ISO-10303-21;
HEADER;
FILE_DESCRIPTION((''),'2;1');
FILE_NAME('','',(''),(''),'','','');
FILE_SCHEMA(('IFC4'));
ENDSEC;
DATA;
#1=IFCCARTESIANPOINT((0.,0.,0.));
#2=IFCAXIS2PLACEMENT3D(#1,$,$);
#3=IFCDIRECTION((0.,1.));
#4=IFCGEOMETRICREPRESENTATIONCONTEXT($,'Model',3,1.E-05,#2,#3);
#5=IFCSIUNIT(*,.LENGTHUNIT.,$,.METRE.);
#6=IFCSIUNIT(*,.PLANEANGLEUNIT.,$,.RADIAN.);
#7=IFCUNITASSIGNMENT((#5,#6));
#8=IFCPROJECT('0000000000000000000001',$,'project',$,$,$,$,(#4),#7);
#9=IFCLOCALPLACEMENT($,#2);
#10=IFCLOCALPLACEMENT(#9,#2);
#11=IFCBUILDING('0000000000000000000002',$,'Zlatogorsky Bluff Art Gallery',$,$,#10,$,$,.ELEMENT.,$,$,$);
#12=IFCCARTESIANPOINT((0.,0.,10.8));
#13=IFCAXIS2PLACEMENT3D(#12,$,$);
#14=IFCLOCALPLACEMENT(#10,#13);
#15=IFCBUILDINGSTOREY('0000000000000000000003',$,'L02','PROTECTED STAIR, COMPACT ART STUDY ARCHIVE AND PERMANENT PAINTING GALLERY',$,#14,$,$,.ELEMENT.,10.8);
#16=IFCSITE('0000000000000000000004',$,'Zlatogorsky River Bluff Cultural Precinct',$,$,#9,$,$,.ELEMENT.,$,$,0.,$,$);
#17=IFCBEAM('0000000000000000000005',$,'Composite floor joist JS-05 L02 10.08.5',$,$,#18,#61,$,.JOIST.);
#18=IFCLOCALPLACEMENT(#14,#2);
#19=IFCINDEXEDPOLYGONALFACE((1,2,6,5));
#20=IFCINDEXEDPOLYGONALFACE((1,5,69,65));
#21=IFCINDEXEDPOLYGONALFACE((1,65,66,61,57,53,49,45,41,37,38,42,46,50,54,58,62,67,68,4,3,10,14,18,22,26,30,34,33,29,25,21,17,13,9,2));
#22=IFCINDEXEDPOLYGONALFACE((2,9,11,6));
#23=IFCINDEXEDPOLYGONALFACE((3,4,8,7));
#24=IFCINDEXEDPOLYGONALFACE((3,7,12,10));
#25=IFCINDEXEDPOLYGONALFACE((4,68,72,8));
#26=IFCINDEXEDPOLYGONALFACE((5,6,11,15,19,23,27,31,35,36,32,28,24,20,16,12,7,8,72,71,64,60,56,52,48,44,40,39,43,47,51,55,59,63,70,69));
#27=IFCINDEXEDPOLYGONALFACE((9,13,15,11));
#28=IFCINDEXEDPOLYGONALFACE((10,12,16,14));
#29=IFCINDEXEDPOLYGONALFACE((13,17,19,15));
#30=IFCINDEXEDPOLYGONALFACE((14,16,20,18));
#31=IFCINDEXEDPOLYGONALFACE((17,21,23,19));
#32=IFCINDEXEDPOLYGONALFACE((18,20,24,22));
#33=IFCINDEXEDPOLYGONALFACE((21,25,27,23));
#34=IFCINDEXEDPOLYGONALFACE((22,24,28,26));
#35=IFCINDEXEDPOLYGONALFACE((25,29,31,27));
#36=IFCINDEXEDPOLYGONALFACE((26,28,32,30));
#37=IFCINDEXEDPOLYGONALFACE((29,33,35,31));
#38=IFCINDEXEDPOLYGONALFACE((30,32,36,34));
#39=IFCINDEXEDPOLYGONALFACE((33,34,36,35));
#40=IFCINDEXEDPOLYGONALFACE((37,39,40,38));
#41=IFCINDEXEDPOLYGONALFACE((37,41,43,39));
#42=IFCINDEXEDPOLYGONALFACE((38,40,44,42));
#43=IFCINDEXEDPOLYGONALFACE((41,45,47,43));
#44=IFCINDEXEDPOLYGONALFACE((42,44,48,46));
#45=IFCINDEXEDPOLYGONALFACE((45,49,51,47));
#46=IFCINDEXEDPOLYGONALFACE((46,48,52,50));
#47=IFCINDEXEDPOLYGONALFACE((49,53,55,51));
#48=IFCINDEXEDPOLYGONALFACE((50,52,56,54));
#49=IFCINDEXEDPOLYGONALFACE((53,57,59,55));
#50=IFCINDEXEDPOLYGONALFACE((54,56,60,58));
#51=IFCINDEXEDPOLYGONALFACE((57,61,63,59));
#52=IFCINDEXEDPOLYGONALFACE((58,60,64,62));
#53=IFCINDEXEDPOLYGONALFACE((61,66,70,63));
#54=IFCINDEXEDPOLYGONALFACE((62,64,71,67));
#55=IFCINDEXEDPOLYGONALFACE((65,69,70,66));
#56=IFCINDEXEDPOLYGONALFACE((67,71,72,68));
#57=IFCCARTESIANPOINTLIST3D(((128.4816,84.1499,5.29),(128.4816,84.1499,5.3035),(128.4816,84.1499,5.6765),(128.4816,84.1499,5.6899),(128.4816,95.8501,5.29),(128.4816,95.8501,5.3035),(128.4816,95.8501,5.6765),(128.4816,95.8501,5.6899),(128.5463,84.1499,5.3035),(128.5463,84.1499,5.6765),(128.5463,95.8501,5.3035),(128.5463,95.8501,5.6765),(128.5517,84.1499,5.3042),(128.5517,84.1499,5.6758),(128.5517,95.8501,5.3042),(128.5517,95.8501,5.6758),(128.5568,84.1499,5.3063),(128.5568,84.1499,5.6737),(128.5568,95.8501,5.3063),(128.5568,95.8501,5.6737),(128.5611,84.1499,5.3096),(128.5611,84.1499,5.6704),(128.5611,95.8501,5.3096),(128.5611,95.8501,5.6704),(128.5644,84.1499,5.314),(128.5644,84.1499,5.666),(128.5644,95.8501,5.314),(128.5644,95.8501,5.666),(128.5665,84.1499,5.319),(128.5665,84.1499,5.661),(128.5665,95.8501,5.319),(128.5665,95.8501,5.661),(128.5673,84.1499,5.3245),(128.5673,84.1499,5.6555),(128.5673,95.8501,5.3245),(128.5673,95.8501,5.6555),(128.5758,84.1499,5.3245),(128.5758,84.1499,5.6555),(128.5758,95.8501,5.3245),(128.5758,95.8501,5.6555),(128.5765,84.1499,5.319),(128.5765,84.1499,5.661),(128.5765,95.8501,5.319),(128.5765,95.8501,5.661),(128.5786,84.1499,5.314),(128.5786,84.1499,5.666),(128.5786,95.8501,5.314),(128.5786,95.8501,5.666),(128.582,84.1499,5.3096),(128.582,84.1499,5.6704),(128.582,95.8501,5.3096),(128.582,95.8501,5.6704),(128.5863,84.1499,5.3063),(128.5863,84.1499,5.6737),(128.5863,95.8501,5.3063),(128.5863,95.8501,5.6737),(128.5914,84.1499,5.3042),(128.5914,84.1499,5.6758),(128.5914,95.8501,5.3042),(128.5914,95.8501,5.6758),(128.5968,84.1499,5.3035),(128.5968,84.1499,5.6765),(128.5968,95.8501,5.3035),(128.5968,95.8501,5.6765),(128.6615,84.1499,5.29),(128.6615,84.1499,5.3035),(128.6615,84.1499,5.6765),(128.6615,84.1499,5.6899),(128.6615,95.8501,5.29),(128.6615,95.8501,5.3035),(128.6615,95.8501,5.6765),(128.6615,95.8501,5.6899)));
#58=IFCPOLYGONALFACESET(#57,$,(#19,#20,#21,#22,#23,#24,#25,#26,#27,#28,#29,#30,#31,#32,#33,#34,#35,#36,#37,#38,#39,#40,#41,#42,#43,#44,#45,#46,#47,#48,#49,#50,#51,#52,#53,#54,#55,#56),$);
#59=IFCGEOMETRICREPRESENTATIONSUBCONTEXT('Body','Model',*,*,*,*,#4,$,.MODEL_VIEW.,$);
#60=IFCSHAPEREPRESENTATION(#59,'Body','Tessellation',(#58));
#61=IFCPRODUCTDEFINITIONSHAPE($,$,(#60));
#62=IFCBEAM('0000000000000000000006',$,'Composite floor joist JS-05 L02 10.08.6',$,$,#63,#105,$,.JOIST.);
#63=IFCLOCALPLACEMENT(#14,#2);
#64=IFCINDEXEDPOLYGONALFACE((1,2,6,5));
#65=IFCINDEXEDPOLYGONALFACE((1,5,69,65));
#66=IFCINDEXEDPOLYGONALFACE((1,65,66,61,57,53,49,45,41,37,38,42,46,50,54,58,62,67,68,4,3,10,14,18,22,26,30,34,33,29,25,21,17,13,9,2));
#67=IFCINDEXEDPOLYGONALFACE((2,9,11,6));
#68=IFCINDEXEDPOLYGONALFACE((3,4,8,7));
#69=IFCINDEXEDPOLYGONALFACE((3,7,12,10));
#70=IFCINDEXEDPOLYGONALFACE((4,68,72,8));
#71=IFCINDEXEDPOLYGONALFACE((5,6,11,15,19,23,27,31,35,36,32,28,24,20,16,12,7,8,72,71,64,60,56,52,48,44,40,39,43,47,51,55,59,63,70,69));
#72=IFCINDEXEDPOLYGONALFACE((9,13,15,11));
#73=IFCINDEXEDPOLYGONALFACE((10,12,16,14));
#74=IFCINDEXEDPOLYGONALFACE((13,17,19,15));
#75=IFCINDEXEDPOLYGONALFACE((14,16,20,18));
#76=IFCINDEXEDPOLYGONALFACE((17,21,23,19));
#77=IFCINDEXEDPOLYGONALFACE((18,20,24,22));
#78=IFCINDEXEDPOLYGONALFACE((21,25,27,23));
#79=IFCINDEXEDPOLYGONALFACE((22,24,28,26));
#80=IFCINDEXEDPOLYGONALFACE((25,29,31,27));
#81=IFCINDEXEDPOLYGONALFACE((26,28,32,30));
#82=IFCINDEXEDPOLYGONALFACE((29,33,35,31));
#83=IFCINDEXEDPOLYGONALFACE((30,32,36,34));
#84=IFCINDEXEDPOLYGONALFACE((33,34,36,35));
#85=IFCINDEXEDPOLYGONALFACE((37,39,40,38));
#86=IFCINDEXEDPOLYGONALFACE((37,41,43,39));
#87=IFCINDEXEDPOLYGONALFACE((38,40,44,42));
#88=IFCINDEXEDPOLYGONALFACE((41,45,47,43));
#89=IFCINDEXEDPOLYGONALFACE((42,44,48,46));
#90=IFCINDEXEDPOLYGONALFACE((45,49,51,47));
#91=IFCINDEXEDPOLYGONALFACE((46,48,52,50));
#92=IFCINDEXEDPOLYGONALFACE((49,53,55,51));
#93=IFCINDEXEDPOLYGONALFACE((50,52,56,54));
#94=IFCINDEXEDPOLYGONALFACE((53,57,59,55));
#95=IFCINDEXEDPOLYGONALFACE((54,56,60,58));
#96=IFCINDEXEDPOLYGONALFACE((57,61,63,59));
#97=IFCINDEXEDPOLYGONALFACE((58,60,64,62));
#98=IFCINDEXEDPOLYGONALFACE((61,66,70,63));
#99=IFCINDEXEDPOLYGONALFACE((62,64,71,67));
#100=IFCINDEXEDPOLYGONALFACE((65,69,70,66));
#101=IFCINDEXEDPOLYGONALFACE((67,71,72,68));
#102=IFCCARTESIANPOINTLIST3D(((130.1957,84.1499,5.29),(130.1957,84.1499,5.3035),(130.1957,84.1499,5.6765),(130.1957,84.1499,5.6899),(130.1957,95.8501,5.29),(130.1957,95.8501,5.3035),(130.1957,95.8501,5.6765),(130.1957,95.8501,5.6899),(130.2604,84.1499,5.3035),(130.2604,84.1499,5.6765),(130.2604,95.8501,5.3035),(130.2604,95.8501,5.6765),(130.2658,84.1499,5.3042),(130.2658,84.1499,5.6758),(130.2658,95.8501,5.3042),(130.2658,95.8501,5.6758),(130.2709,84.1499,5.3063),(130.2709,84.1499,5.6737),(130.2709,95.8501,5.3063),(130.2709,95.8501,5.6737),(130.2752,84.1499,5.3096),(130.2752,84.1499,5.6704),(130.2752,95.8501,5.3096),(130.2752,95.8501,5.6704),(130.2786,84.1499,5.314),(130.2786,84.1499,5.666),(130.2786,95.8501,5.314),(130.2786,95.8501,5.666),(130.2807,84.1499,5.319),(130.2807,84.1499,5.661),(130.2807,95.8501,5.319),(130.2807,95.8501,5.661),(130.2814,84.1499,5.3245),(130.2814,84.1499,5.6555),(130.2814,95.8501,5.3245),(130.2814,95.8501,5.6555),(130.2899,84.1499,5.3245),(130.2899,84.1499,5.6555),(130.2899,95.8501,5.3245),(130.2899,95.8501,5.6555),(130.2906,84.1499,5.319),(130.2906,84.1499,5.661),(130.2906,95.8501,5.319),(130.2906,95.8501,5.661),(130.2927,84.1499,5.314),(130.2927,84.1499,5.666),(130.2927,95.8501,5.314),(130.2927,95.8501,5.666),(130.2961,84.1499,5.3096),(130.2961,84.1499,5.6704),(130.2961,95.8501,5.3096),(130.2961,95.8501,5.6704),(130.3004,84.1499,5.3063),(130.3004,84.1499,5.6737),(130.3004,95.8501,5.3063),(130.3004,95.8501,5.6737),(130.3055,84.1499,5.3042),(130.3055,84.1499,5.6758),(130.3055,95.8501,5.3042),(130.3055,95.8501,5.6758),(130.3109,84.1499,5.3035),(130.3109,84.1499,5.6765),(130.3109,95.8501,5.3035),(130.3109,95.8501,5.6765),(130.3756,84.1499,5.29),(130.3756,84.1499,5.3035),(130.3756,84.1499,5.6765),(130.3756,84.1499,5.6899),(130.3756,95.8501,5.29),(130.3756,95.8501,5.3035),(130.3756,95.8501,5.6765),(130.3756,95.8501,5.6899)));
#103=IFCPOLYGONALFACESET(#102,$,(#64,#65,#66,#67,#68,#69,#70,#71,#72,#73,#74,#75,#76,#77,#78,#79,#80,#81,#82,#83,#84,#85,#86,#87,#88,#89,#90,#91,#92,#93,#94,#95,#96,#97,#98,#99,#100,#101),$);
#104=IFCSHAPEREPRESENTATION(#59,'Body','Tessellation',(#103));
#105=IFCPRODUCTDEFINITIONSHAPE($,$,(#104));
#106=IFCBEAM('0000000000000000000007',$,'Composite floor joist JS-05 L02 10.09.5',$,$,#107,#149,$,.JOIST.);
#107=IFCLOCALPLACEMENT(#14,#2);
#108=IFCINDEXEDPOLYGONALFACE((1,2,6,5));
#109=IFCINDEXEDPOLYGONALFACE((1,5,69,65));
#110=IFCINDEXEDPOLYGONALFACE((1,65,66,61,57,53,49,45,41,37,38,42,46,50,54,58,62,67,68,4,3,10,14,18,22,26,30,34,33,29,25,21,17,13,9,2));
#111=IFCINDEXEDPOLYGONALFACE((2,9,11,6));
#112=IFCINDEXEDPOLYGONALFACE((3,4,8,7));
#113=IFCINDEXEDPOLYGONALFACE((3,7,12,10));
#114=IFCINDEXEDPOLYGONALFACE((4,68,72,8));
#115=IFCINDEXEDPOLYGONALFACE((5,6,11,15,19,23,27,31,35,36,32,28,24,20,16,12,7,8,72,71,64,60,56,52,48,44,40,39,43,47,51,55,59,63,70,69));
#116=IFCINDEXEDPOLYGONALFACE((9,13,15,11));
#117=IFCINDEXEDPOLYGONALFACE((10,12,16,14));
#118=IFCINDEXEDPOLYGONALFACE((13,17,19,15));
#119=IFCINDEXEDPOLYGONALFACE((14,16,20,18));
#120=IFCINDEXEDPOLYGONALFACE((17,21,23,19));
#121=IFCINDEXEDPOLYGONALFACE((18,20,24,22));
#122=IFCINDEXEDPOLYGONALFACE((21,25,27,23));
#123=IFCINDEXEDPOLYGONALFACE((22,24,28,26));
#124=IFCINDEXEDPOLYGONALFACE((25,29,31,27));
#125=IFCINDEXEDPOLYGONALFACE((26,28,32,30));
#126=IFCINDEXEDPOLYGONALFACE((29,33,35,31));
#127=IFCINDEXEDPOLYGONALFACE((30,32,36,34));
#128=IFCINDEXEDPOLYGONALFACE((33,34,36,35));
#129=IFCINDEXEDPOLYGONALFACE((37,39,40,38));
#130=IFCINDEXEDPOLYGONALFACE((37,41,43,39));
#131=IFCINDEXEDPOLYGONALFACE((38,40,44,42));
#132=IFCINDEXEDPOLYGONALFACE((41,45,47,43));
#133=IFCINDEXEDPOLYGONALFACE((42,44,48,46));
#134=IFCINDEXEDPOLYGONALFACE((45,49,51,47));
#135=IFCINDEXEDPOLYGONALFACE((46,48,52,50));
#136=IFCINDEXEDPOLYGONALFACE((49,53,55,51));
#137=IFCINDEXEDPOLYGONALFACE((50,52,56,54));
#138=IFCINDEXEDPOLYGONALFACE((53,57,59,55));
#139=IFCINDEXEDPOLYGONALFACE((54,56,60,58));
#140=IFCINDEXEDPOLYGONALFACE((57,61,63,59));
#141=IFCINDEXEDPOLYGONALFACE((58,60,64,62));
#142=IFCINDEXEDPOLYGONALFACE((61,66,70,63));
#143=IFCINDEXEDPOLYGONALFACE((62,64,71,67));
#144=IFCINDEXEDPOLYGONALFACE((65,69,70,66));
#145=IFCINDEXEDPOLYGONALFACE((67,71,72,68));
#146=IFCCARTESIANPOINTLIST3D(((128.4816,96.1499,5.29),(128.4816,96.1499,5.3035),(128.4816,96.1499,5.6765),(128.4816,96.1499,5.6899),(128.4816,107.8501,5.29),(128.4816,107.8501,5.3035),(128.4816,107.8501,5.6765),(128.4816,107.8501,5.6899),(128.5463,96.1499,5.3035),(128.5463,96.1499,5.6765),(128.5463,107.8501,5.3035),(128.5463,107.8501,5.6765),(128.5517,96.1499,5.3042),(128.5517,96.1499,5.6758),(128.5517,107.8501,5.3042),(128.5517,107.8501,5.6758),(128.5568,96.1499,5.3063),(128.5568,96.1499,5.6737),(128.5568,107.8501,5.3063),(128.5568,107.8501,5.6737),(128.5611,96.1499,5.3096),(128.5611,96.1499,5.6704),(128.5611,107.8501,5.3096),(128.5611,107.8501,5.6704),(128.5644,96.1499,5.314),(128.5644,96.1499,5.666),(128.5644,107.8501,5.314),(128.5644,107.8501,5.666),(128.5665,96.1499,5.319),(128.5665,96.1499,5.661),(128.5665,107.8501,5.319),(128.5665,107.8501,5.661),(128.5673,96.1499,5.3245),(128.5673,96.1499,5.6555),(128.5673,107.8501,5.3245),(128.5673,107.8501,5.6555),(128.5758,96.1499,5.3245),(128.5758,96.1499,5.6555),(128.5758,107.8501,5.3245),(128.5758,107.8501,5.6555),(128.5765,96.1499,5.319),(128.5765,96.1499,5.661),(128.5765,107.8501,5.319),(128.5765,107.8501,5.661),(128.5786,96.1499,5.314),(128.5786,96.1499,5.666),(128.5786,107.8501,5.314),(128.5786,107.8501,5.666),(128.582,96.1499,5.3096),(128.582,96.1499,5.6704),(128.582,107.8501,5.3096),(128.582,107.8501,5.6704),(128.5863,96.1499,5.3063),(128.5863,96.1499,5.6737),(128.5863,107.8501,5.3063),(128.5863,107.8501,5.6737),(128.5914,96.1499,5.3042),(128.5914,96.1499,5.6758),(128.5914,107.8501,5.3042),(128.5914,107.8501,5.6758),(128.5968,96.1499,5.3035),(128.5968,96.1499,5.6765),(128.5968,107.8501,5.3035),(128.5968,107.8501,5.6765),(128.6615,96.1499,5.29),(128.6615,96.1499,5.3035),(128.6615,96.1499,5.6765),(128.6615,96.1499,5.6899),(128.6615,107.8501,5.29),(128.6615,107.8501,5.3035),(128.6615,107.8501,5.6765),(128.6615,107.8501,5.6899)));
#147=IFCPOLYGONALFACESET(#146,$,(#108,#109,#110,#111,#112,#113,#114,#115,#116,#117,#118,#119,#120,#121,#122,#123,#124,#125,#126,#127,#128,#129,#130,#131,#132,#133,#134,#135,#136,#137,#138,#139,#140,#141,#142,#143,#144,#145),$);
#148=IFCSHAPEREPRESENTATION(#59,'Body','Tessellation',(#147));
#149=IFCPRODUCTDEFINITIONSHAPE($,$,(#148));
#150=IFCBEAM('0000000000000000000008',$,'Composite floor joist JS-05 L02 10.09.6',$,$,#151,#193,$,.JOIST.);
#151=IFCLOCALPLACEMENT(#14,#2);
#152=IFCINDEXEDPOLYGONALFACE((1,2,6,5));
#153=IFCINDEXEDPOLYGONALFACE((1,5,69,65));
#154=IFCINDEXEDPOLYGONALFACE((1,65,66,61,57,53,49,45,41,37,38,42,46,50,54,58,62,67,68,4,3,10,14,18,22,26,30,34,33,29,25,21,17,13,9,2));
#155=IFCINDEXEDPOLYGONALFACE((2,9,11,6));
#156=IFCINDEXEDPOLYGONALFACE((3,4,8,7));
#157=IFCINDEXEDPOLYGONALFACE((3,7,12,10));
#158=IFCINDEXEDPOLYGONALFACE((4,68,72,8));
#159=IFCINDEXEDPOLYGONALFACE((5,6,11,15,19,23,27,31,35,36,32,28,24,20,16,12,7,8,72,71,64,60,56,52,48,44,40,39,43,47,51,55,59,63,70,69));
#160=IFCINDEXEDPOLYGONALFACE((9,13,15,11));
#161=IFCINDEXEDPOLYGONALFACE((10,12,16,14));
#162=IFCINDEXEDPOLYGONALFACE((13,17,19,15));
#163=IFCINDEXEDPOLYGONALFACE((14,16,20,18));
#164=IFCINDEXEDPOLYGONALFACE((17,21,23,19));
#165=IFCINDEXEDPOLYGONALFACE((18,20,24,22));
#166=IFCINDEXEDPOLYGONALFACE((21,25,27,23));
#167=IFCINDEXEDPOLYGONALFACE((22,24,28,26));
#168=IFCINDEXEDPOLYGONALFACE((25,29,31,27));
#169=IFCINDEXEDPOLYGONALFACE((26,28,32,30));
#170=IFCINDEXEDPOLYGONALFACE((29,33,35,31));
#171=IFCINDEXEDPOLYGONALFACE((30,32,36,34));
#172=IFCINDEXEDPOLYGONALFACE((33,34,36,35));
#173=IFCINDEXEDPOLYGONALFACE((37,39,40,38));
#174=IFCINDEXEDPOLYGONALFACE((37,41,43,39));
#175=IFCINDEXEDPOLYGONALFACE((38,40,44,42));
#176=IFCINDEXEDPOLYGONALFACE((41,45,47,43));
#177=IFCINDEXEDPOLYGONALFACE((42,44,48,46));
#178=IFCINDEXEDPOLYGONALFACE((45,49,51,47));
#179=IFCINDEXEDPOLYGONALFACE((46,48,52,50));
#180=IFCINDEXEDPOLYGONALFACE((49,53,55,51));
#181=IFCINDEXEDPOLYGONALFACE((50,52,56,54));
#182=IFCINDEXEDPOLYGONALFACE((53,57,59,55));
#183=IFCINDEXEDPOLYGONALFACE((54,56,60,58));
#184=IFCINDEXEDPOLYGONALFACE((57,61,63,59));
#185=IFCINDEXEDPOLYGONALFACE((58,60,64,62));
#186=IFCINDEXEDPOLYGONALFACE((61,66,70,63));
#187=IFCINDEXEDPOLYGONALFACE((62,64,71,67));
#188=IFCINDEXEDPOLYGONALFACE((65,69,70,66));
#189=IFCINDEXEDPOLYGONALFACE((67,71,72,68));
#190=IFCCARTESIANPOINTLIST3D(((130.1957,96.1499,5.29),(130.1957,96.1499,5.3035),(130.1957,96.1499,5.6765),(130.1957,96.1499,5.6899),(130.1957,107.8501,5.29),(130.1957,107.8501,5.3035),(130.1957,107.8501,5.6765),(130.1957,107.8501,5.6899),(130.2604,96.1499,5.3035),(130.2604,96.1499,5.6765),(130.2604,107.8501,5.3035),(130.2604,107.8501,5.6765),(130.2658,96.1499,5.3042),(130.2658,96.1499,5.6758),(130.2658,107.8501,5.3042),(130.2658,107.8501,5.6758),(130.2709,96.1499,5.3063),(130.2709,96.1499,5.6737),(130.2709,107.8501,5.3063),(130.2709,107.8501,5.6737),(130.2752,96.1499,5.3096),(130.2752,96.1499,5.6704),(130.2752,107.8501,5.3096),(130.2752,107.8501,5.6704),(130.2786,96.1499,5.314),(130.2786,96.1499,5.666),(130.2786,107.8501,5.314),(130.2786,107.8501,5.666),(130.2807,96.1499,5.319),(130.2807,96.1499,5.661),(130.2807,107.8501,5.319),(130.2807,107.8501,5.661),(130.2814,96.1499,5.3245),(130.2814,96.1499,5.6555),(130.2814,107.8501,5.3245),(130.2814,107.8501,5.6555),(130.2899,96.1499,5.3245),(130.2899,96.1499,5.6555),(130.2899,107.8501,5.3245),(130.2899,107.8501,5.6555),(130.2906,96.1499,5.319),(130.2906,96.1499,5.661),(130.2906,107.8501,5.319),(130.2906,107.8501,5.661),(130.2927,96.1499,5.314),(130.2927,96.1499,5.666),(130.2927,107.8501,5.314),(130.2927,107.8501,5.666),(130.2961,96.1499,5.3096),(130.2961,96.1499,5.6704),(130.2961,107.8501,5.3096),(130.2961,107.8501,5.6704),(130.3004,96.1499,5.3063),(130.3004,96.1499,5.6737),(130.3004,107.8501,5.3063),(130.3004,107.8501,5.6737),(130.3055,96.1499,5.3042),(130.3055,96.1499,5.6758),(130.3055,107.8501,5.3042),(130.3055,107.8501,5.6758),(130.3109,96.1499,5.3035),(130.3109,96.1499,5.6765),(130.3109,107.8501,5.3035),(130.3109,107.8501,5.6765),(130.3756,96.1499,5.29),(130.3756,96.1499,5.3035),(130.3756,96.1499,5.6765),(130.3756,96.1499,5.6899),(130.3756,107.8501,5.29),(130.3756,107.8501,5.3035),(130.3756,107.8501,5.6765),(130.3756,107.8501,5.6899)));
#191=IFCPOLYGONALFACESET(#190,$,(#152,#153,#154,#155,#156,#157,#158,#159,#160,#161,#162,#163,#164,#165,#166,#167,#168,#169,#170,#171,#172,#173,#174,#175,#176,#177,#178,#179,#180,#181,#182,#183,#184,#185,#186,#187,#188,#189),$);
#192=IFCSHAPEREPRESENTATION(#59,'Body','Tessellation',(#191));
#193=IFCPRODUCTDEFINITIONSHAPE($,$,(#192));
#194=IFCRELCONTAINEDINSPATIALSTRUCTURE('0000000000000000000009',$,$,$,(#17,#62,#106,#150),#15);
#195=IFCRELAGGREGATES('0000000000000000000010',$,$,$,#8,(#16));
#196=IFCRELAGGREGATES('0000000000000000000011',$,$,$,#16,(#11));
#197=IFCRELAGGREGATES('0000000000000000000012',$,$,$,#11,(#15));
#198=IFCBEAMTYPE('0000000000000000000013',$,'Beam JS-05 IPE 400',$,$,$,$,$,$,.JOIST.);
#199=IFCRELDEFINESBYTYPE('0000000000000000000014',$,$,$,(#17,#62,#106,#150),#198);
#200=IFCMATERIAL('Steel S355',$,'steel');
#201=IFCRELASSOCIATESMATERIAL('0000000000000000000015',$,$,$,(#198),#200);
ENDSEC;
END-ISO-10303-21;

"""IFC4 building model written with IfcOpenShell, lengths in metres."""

from ifc_helpers import new_model, si_unit, direction, frame, origin, origin_2d, place, context, subcontext, project, spatial, i_section, extrude, material, material_profile, profile_set, type_object, element, save


model = new_model("IFC4")

# Units and contexts
model_context = context("Model", 3, precision=1e-05, world=origin(), true_north=direction((0.0, 1.0)))
body_context = subcontext(model_context, "Body", "Model", "MODEL_VIEW")
ifc_project = project(units=[si_unit("LENGTHUNIT", "METRE"), si_unit("PLANEANGLEUNIT", "RADIAN")], contexts=[model_context])

# Site, building, storey
site_placement = place(None, origin())
site = spatial("IfcSite", under=ifc_project, at=site_placement, Name="Zlatogorsky River Bluff Cultural Precinct", CompositionType="ELEMENT", RefElevation=0.0)
building_placement = place(site_placement, origin())
building = spatial("IfcBuilding", under=site, at=building_placement, Name="Zlatogorsky Bluff Art Gallery", CompositionType="ELEMENT")
storey_placement = place(building_placement, frame((0.0, 0.0, 10.8)))
storey = spatial("IfcBuildingStorey", under=building, at=storey_placement, Name="L02", Description="PROTECTED STAIR, COMPACT ART STUDY ARCHIVE AND PERMANENT PAINTING GALLERY", CompositionType="ELEMENT", Elevation=10.8)

# Shared definitions
ifc_material_1 = material(Name="Steel S355", Category="steel")

# Beams
ifc_material_profile_1 = material_profile(ifc_material_1, i_section(OverallWidth=0.1799, OverallDepth=0.3999, WebThickness=0.0085, FlangeThickness=0.0134, FilletRadius=0.021, at=origin_2d()), Name="IPE 400")
ifc_profile_set_1 = profile_set([ifc_material_profile_1], Name="Steel S355")
beam_type_1 = type_object("IfcBeamType", Name="Beam JS-05 IPE 400", PredefinedType="JOIST", material=ifc_profile_set_1)
for number, where, z_axis, x_axis, name in (
    (1, (128.5715, 84.1499, 5.49), (0.0, 1.0, 0.0), (-1.0, 0.0, 0.0), "Composite floor joist JS-05 L02 10.08.5"),
    (2, (130.2856, 84.1499, 5.49), (0.0, 1.0, 0.0), (-1.0, 0.0, 0.0), "Composite floor joist JS-05 L02 10.08.6"),
    (3, (128.5715, 96.1499, 5.49), (0.0, 1.0, 0.0), (-1.0, 0.0, 0.0), "Composite floor joist JS-05 L02 10.09.5"),
    (4, (130.2856, 96.1499, 5.49), (0.0, 1.0, 0.0), (-1.0, 0.0, 0.0), "Composite floor joist JS-05 L02 10.09.6"),
):
    element("IfcBeam", number, at=place(storey_placement, frame(where, z_axis=z_axis, x_axis=x_axis)), inside=storey, type_object=beam_type_1, Name=name, PredefinedType="JOIST", context=body_context, shape_type="SweptSolid", body=[
        extrude(i_section(OverallWidth=0.1799, OverallDepth=0.3999, WebThickness=0.0085, FlangeThickness=0.0134, FilletRadius=0.021, at=origin_2d()), origin(), (0.0, 0.0, 1.0), 11.7002),
    ])

save(model, "model.ifc")
